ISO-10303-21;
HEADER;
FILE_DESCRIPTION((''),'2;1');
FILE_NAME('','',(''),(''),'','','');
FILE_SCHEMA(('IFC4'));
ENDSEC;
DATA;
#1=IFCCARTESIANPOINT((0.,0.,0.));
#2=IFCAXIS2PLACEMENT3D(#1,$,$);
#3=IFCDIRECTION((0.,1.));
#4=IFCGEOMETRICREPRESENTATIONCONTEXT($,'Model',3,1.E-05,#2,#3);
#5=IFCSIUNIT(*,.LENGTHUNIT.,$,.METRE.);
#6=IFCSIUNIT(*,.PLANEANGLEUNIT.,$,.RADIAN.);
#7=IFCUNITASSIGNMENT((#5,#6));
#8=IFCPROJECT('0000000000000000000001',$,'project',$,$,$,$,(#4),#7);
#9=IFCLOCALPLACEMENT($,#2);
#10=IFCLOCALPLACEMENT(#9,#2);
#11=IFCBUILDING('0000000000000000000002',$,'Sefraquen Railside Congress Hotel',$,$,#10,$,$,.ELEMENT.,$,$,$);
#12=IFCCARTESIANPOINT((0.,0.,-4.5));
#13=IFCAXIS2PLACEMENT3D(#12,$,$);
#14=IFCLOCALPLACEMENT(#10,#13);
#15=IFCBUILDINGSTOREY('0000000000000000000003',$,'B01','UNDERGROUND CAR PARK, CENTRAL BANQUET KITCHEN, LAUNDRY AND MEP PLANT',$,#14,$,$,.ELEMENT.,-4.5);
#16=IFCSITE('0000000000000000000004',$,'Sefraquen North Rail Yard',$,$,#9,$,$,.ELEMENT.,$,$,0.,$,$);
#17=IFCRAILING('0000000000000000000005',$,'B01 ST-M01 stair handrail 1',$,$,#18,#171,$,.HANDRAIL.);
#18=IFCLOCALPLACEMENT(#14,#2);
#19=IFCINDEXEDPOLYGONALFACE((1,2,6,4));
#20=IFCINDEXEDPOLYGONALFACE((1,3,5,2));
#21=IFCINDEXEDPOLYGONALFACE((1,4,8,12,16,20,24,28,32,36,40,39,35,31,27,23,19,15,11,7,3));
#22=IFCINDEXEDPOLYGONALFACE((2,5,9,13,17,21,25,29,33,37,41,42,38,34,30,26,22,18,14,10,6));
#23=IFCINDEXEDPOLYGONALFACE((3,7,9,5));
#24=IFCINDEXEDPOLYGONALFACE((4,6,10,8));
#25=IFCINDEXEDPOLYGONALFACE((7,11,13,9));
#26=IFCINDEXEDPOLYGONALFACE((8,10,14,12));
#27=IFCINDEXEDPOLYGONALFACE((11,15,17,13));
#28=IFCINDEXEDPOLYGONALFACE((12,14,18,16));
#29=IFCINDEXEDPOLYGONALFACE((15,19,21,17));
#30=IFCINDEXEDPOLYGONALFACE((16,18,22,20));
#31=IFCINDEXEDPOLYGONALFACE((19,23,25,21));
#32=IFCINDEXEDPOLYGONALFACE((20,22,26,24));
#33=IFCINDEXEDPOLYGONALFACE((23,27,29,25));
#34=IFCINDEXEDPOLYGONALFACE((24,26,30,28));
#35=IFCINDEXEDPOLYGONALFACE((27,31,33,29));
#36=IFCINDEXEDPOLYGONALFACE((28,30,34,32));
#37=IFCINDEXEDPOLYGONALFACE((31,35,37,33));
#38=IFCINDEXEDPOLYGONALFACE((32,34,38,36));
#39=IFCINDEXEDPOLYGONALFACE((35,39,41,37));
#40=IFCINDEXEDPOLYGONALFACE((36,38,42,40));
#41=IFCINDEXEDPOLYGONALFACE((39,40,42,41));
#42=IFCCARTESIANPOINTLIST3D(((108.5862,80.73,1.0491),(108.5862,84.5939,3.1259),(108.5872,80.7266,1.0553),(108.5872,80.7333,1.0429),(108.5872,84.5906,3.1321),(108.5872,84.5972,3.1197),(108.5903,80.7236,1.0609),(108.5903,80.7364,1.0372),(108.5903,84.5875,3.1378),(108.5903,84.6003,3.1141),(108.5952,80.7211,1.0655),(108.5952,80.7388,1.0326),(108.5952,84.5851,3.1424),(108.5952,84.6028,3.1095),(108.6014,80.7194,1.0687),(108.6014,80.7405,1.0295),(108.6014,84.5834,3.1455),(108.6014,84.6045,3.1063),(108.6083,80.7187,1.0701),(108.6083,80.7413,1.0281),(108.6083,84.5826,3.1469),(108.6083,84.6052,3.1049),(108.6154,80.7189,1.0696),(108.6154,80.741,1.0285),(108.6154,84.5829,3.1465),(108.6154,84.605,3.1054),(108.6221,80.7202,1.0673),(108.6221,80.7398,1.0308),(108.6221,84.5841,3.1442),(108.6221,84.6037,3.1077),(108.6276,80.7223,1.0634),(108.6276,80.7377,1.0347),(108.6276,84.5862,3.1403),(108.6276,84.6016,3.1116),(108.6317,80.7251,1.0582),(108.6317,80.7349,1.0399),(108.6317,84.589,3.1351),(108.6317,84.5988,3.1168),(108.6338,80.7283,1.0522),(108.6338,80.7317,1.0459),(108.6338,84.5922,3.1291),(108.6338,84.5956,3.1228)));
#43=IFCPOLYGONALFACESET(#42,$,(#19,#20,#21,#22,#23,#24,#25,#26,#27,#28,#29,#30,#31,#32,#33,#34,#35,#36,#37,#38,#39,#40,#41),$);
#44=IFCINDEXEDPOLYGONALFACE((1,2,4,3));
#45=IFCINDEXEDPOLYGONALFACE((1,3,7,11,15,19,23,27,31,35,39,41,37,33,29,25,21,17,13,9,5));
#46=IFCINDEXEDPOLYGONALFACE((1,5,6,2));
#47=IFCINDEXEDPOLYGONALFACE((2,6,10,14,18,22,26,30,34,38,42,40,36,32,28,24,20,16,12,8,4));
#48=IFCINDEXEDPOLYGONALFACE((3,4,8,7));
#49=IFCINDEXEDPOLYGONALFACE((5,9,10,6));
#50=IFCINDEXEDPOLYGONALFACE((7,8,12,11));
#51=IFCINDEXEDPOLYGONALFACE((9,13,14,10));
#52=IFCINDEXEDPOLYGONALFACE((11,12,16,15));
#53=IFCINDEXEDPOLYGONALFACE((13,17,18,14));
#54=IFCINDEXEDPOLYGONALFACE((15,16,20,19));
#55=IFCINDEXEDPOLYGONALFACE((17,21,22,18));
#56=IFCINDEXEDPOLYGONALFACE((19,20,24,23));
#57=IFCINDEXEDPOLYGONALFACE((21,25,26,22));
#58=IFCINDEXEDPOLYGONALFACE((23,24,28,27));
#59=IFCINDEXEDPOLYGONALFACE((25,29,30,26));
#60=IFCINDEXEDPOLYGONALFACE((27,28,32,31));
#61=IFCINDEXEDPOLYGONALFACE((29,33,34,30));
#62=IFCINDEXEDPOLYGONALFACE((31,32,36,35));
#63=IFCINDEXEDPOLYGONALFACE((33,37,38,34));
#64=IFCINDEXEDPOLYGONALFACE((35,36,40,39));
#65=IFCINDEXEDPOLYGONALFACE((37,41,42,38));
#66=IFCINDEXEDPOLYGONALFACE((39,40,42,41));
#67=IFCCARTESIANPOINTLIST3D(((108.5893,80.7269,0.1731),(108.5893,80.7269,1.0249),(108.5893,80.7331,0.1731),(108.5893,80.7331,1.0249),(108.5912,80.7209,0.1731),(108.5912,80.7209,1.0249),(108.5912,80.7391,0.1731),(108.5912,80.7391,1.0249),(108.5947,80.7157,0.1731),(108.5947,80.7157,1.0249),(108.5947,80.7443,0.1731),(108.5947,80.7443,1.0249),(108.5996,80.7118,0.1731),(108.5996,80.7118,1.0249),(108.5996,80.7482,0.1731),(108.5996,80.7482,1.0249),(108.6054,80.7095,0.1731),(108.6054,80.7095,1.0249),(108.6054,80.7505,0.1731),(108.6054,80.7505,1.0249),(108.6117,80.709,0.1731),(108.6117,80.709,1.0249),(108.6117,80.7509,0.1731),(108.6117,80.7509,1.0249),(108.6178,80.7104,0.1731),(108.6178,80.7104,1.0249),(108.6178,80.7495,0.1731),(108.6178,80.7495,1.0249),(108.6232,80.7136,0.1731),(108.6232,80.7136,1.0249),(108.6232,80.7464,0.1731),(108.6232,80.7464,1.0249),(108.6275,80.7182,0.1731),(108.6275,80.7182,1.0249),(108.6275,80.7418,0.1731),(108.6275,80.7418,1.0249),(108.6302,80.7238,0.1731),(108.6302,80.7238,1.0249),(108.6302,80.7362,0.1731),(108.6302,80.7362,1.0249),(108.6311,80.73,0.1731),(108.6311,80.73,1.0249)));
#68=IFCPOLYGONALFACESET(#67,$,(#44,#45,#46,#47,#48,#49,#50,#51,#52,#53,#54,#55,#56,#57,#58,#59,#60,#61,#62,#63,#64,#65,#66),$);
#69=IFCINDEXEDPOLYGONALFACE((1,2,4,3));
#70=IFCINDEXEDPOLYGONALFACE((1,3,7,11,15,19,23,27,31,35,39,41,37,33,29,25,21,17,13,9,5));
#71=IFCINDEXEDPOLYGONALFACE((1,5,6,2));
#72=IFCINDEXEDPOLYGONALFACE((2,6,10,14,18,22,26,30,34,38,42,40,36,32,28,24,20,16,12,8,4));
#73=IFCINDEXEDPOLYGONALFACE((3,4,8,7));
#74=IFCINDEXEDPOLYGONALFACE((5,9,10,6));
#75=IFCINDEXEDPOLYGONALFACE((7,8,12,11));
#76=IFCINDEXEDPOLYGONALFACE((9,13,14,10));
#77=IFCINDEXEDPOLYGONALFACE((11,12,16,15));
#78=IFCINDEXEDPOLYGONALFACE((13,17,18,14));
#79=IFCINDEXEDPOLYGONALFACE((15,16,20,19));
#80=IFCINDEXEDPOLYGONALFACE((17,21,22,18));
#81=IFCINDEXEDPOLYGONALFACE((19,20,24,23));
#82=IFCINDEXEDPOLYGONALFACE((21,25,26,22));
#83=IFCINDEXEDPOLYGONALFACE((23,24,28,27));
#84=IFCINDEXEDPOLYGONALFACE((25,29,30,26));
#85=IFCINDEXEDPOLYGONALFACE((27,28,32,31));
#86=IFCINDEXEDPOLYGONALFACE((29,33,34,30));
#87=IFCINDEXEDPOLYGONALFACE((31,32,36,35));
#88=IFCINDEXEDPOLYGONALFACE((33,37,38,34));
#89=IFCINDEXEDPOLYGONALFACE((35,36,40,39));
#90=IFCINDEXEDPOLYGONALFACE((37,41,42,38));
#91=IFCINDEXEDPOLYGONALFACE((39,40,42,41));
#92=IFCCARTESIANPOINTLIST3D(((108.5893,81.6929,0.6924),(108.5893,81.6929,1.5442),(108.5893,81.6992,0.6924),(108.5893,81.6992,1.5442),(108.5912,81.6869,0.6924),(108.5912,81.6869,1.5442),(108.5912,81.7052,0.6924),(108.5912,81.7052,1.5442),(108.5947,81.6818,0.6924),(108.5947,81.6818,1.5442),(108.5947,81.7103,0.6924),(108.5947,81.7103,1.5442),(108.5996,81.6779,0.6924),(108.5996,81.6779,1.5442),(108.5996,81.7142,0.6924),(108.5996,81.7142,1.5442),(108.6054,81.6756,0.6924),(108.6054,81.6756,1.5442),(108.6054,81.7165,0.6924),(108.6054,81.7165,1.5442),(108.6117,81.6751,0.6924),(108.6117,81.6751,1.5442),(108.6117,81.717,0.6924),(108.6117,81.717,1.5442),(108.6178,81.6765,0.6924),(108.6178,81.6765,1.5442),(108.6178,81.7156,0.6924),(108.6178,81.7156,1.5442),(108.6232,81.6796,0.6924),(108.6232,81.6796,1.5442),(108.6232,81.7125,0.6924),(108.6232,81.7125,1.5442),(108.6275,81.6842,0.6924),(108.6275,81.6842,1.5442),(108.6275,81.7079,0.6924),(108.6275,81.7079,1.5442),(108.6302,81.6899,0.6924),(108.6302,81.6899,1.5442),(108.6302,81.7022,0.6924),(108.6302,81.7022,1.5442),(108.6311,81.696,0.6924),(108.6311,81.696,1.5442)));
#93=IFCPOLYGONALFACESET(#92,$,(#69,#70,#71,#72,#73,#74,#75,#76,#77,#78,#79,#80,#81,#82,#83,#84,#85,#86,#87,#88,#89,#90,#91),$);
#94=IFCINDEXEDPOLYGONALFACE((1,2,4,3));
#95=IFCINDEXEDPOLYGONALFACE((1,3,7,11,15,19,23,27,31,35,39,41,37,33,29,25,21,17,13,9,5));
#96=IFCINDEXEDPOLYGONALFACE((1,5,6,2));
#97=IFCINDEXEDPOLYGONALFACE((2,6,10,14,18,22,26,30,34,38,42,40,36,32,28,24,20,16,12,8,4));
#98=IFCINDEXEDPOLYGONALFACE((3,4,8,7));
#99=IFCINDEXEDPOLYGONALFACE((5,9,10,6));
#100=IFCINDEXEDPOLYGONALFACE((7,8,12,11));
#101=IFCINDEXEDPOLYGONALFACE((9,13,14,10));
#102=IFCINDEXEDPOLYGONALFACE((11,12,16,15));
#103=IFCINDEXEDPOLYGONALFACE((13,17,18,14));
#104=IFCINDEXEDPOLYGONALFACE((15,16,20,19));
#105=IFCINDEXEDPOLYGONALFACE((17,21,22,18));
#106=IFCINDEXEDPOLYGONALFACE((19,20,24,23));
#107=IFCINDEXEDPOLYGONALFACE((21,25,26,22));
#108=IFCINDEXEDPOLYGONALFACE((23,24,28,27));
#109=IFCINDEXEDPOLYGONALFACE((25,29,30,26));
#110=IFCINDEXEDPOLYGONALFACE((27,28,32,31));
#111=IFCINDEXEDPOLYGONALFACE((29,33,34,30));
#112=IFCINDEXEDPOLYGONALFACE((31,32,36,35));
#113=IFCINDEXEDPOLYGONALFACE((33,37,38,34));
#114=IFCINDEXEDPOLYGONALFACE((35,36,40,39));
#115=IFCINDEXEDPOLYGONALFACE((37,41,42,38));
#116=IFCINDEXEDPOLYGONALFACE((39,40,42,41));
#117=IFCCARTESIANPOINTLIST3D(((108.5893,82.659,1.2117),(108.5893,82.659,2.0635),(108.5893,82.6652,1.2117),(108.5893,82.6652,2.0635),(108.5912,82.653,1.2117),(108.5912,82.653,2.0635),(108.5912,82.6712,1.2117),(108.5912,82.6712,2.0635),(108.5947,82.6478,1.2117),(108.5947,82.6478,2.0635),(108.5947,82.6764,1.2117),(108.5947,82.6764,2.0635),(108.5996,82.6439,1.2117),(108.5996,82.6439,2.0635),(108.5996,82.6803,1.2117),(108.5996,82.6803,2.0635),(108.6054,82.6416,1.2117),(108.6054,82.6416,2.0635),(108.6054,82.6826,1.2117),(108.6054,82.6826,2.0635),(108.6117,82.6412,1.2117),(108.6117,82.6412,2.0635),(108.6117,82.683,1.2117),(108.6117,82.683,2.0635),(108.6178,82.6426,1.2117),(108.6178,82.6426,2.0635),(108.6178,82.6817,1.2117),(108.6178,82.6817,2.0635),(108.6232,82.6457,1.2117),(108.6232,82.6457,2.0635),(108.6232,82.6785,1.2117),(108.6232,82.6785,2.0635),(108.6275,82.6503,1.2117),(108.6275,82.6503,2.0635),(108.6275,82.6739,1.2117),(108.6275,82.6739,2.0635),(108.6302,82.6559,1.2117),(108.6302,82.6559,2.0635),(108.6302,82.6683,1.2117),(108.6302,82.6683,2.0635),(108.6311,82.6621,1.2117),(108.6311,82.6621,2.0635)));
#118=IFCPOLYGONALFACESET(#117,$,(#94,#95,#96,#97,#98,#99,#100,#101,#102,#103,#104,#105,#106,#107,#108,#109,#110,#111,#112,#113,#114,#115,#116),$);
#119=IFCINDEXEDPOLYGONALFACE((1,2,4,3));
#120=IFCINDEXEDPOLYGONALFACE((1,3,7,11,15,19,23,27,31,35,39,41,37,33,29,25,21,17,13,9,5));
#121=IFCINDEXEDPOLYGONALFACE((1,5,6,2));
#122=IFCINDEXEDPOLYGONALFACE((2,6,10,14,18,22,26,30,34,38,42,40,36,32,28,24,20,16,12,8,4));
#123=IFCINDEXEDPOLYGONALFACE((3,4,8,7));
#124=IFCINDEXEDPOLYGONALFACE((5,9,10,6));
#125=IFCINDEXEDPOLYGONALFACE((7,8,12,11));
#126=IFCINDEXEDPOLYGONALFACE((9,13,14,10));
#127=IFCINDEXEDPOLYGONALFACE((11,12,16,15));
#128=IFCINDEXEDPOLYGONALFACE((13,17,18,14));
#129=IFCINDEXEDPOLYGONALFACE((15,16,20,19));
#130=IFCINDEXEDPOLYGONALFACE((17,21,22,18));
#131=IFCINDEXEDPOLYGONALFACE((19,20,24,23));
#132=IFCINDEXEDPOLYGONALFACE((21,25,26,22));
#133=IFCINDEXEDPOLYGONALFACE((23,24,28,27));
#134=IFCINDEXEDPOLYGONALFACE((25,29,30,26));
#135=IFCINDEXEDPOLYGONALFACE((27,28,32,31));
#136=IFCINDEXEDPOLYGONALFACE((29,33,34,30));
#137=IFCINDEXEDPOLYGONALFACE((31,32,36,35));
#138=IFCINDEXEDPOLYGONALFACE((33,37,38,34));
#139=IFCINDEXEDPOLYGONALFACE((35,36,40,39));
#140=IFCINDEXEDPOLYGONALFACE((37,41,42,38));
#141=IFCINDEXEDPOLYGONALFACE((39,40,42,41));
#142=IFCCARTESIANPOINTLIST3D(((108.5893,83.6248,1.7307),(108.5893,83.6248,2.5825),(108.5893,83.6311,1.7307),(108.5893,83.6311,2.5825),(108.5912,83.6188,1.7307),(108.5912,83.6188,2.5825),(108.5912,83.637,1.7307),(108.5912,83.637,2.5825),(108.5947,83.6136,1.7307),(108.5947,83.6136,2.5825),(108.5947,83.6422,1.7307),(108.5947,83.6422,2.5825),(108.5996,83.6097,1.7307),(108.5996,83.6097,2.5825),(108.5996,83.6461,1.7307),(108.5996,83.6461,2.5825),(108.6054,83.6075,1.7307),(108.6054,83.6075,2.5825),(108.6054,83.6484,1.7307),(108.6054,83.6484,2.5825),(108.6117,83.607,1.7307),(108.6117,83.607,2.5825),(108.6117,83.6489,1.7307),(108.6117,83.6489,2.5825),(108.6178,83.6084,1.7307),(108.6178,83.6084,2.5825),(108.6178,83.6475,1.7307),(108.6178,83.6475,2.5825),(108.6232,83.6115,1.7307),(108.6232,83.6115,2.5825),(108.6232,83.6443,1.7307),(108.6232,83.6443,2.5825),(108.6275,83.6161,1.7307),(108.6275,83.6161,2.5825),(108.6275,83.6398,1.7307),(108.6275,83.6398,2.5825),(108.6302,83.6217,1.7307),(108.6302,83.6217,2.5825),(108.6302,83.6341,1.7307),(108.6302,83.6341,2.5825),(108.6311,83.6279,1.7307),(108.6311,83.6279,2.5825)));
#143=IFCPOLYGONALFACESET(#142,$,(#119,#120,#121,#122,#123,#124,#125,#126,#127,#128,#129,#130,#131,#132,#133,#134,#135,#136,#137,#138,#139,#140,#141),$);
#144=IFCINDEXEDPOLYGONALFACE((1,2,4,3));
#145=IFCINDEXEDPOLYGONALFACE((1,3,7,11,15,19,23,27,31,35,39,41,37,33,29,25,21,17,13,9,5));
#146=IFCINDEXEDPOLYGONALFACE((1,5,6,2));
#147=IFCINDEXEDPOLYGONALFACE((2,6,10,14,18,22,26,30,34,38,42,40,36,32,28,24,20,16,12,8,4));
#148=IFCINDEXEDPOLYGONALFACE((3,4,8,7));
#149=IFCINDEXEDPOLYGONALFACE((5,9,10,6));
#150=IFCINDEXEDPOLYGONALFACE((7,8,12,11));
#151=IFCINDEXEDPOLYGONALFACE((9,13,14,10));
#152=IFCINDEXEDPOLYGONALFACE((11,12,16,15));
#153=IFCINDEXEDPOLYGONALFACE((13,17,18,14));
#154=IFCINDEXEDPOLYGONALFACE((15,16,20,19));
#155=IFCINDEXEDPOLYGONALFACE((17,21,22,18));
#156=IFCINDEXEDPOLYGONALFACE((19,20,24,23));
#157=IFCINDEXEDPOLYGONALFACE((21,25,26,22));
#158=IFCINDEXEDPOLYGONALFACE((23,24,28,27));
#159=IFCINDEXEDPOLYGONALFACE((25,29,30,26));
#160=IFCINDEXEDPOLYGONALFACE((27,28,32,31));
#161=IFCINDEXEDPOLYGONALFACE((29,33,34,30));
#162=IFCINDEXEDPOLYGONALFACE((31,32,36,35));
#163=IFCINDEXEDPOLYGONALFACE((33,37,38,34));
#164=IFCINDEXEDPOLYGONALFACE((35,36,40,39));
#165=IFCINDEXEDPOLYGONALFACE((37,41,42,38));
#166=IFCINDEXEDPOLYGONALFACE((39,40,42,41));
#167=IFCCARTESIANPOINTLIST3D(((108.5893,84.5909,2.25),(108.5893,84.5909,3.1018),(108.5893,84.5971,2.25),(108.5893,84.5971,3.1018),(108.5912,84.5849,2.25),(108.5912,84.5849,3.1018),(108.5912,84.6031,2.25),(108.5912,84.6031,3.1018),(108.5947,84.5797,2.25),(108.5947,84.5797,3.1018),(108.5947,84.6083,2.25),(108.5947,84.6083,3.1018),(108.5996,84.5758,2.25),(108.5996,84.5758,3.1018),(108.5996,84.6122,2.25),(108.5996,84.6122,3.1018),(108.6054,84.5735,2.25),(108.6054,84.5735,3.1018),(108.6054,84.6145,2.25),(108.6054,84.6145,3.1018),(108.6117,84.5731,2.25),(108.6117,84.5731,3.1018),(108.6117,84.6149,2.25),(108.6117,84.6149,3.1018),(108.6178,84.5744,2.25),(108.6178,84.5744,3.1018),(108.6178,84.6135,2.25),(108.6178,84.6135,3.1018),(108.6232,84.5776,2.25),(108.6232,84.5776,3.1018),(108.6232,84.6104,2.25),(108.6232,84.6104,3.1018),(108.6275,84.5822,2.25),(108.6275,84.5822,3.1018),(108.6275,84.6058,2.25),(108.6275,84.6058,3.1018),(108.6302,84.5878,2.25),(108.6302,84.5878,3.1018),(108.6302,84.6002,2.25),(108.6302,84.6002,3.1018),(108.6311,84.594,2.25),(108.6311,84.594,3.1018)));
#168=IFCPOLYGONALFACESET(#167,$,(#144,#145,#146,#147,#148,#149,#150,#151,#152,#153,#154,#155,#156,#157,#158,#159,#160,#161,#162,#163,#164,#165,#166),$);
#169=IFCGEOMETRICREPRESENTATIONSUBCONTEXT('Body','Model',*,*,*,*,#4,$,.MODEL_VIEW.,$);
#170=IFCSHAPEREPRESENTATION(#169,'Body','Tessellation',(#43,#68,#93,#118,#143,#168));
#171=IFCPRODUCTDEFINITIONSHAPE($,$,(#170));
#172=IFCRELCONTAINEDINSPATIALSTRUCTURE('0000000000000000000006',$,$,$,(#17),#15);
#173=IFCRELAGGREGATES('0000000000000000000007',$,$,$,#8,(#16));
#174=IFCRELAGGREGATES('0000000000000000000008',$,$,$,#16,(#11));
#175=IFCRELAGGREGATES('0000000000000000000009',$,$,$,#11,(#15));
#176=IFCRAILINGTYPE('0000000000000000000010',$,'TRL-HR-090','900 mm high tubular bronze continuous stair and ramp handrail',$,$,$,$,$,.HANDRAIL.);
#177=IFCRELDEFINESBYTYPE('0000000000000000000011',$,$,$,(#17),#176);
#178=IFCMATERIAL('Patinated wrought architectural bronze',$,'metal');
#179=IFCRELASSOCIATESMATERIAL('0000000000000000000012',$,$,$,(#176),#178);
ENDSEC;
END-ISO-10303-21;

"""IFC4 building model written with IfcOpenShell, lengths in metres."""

from ifc_helpers import new_model, si_unit, direction, frame, origin, origin_2d, place, context, subcontext, project, spatial, circle, extrude, material, type_object, element, save


model = new_model("IFC4")

# Units and contexts
model_context = context("Model", 3, precision=1e-05, world=origin(), true_north=direction((0.0, 1.0)))
body_context = subcontext(model_context, "Body", "Model", "MODEL_VIEW")
ifc_project = project(units=[si_unit("LENGTHUNIT", "METRE"), si_unit("PLANEANGLEUNIT", "RADIAN")], contexts=[model_context])

# Site, building, storey
site_placement = place(None, origin())
site = spatial("IfcSite", under=ifc_project, at=site_placement, Name="Sefraquen North Rail Yard", CompositionType="ELEMENT", RefElevation=0.0)
building_placement = place(site_placement, origin())
building = spatial("IfcBuilding", under=site, at=building_placement, Name="Sefraquen Railside Congress Hotel", CompositionType="ELEMENT")
storey_placement = place(building_placement, frame((0.0, 0.0, -4.5)))
storey = spatial("IfcBuildingStorey", under=building, at=storey_placement, Name="B01", Description="UNDERGROUND CAR PARK, CENTRAL BANQUET KITCHEN, LAUNDRY AND MEP PLANT", CompositionType="ELEMENT", Elevation=-4.5)

# Railing
ifc_material_1 = material(Name="Patinated wrought architectural bronze", Category="metal")
railing_type_1 = type_object("IfcRailingType", Name="TRL-HR-090", Description="900 mm high tubular bronze continuous stair and ramp handrail", PredefinedType="HANDRAIL", material=ifc_material_1)
railing_1_placement = place(storey_placement, frame((108.6101, 80.73, 0.1731)))
element("IfcRailing", 1, at=railing_1_placement, inside=storey, type_object=railing_type_1, Name="B01 ST-M01 stair handrail 1", PredefinedType="HANDRAIL", context=body_context, shape_type="SweptSolid", body=[
    extrude(circle(Radius=0.0239, at=origin_2d()), frame((0.0, 0.0, 0.876), z_axis=(0.0, 0.880825, 0.473443), x_axis=(-1.0, 0.0, 0.0)), (0.0, 0.0, 1.0), 4.3867),
    extrude(circle(Radius=0.021, at=origin_2d()), origin(), (0.0, 0.0, 1.0), 0.8518),
    extrude(circle(Radius=0.021, at=origin_2d()), frame((0.0, 0.9661, 0.5193)), (0.0, 0.0, 1.0), 0.8518),
    extrude(circle(Radius=0.021, at=origin_2d()), frame((0.0, 1.9321, 1.0386)), (0.0, 0.0, 1.0), 0.8518),
    extrude(circle(Radius=0.021, at=origin_2d()), frame((0.0, 2.8979, 1.5576)), (0.0, 0.0, 1.0), 0.8518),
    extrude(circle(Radius=0.021, at=origin_2d()), frame((0.0, 3.864, 2.0769)), (0.0, 0.0, 1.0), 0.8518),
])

save(model, "model.ifc")
